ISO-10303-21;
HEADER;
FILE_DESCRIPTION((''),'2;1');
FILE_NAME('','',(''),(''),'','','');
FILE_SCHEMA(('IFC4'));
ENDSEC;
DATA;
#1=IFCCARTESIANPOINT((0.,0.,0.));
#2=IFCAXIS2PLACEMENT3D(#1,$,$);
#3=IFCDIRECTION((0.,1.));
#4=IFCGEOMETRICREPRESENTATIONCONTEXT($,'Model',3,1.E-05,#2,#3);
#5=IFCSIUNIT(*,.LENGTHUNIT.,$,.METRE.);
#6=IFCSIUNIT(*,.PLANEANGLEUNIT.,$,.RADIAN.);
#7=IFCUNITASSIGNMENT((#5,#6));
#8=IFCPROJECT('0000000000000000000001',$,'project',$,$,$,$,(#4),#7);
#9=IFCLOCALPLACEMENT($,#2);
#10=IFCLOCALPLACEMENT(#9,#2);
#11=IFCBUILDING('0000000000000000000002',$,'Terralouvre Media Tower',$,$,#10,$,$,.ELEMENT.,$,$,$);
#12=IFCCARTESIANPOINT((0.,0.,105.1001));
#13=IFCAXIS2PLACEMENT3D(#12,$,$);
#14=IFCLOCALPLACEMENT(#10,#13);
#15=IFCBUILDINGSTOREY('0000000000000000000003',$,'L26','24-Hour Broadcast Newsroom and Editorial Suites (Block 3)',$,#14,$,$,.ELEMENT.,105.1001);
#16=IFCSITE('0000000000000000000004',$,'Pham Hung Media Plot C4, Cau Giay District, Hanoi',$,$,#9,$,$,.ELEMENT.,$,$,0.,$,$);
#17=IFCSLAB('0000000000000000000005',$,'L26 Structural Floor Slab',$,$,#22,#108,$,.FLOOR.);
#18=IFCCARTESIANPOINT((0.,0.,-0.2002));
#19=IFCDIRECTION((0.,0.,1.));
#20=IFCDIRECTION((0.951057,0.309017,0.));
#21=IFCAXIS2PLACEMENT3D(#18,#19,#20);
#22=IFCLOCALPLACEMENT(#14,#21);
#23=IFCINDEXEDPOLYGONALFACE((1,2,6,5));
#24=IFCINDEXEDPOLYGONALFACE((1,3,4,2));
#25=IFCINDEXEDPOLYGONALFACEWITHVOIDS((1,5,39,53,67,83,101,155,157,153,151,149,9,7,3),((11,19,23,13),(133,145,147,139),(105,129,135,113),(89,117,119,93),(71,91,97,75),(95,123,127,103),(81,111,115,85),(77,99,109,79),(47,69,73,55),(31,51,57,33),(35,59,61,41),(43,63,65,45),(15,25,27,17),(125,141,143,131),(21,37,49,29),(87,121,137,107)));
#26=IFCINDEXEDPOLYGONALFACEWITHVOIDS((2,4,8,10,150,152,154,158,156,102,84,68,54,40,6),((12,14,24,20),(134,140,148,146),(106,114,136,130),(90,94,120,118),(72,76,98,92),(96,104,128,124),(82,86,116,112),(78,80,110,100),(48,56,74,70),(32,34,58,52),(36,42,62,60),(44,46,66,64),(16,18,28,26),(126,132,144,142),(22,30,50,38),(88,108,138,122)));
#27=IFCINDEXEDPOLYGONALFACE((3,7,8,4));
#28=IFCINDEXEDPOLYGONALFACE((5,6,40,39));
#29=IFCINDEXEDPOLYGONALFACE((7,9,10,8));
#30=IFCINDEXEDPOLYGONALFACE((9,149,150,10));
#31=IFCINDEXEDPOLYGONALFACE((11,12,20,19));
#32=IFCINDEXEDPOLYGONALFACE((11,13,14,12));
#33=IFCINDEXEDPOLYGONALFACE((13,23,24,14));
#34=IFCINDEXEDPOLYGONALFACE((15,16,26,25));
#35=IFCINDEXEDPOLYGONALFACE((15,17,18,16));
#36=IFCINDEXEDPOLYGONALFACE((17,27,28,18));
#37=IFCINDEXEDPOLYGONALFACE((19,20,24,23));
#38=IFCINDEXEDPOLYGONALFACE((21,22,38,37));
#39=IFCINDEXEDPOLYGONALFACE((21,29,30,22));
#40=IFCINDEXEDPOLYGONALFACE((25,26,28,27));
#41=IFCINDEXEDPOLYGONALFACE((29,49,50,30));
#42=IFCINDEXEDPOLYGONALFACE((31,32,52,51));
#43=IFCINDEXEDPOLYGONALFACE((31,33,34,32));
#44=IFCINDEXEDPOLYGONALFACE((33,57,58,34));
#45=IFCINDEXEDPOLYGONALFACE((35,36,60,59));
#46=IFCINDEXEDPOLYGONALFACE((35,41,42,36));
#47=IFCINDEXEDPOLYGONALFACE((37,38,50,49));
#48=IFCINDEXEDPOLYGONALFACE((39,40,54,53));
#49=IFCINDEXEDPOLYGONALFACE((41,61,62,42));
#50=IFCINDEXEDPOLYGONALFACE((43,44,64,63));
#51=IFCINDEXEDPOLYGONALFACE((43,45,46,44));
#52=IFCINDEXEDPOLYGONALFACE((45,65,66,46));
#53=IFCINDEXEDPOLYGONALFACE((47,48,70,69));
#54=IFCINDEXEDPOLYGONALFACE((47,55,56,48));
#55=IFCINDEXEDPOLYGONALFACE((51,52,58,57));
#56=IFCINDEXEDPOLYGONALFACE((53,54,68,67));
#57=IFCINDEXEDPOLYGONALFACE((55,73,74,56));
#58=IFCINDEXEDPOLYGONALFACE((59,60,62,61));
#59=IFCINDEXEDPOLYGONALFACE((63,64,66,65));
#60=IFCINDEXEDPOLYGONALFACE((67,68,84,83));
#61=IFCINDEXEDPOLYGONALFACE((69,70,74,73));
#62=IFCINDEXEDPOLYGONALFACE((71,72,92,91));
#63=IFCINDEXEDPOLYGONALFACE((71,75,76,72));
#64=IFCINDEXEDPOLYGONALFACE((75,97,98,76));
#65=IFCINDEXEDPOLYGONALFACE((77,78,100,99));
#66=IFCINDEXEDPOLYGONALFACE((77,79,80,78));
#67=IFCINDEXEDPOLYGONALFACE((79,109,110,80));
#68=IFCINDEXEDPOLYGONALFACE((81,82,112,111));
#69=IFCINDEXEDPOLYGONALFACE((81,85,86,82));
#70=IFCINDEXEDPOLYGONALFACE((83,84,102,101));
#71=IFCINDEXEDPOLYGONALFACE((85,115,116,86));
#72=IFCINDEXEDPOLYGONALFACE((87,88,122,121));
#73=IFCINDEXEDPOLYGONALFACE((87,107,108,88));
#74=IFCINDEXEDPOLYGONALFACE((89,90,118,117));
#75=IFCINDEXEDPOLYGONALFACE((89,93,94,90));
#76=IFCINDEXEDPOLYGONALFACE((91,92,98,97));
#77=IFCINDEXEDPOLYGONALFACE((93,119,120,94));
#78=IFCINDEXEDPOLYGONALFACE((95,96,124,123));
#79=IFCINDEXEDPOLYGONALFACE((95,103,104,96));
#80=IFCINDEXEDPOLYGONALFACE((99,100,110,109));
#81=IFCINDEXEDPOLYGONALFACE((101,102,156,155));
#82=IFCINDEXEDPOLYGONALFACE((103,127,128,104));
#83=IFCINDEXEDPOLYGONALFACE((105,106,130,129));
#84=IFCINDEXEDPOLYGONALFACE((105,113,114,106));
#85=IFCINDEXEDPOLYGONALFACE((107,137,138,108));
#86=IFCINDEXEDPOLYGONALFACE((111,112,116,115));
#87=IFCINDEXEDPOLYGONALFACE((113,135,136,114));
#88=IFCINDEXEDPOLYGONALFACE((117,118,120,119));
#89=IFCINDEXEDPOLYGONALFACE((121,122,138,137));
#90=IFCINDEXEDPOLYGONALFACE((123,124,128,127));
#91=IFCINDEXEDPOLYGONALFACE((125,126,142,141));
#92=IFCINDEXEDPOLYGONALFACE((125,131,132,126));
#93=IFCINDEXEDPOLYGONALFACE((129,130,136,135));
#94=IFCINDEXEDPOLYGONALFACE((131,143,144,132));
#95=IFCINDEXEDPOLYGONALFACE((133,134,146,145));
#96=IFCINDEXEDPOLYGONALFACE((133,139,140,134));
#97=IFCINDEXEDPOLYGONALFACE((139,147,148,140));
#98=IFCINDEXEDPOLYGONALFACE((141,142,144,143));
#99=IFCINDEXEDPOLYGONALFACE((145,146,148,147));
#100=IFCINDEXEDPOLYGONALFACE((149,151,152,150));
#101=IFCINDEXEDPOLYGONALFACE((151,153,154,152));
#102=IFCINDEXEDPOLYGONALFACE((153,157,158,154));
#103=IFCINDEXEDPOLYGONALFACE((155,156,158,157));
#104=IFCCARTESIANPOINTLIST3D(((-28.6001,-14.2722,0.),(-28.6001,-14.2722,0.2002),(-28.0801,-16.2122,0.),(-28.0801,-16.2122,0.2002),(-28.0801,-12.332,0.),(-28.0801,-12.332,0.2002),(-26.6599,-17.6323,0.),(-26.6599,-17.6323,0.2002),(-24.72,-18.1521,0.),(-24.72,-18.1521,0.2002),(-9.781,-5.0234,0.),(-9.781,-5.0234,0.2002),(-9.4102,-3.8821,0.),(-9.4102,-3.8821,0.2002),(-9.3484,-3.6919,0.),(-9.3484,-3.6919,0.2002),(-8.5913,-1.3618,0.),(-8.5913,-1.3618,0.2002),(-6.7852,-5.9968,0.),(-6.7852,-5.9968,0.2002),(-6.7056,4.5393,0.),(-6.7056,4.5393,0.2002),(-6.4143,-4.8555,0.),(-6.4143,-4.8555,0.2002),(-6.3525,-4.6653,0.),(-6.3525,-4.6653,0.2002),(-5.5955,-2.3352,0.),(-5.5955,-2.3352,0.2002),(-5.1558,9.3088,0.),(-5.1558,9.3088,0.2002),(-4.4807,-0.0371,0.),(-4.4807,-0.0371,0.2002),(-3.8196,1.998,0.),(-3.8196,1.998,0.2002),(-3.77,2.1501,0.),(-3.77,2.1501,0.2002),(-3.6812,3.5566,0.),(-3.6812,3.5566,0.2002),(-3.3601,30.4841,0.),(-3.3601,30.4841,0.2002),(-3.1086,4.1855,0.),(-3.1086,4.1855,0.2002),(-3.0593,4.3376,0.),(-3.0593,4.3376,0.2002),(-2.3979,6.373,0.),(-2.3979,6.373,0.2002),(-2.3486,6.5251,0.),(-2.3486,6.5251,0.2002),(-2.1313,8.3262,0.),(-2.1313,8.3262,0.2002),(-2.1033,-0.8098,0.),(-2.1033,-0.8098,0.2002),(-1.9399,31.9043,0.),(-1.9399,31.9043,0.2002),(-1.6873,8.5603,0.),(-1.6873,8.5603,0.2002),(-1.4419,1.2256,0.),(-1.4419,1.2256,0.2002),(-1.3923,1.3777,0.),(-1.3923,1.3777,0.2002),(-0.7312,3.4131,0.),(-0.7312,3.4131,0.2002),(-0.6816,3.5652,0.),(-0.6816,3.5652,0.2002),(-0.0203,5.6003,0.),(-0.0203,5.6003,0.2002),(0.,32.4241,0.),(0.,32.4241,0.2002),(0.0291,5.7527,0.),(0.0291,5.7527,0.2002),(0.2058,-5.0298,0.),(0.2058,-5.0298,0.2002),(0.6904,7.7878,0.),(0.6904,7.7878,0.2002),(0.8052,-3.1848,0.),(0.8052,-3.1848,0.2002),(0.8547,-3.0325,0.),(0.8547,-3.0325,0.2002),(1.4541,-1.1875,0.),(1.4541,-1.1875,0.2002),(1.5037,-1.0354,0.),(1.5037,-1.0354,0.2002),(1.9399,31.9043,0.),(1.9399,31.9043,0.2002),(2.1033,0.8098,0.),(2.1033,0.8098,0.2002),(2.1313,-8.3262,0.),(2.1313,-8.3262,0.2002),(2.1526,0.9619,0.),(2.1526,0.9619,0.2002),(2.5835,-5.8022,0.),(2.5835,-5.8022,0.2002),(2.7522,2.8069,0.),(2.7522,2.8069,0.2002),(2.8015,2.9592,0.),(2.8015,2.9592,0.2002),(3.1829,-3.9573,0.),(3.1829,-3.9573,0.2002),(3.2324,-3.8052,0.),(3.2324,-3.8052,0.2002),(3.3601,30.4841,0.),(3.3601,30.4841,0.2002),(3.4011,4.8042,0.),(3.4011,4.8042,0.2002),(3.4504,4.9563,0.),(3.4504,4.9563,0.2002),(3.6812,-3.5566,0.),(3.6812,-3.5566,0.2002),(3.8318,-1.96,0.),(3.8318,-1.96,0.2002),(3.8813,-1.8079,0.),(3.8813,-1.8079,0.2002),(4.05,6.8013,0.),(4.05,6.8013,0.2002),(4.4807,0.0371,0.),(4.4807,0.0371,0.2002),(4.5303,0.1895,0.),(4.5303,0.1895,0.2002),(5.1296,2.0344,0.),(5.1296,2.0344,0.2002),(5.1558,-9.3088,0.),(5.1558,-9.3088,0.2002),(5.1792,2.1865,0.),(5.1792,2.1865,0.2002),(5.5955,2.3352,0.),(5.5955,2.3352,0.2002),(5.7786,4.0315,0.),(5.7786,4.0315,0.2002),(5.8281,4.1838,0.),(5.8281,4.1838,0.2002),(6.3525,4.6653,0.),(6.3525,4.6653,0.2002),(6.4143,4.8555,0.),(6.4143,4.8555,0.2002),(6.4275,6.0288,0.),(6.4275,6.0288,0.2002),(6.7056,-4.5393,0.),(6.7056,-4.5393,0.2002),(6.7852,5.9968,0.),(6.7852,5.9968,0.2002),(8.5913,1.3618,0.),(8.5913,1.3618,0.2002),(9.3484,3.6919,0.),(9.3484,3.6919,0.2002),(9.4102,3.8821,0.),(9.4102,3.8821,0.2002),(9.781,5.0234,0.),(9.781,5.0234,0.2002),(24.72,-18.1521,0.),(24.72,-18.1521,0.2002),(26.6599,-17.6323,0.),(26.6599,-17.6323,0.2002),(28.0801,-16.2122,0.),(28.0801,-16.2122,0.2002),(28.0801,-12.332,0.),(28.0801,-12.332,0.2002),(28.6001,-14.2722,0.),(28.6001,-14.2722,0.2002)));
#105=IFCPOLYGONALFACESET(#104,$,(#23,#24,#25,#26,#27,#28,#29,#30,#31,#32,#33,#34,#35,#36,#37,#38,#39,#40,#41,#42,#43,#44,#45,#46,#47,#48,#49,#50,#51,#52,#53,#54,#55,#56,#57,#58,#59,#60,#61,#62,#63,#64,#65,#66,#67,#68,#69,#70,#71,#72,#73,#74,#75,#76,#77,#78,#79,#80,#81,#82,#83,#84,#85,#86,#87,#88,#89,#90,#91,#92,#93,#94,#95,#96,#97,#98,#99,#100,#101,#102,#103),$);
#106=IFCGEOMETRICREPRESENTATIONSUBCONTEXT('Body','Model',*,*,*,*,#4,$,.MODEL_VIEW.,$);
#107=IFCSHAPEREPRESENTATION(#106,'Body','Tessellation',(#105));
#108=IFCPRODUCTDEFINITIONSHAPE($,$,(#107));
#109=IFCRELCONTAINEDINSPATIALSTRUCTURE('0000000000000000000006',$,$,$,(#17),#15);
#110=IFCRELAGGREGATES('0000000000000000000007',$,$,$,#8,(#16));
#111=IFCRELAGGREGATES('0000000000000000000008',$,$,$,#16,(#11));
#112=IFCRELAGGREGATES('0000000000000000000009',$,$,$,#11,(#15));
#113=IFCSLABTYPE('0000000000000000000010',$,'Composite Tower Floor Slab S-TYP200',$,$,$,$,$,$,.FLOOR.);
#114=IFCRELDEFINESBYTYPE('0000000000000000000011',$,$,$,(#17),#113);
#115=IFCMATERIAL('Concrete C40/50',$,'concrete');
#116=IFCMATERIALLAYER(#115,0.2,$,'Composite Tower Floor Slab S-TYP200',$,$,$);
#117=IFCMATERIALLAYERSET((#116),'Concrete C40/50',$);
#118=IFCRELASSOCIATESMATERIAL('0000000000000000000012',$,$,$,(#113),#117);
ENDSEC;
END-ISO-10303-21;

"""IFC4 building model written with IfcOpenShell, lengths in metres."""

from ifc_helpers import new_model, si_unit, direction, frame, origin, place, context, subcontext, project, spatial, polyline, outline, extrude, material, layer, layer_set, type_object, element, save


model = new_model("IFC4")

# Units and contexts
model_context = context("Model", 3, precision=1e-05, world=origin(), true_north=direction((0.0, 1.0)))
body_context = subcontext(model_context, "Body", "Model", "MODEL_VIEW")
ifc_project = project(units=[si_unit("LENGTHUNIT", "METRE"), si_unit("PLANEANGLEUNIT", "RADIAN")], contexts=[model_context])

# Site, building, storey
site_placement = place(None, origin())
site = spatial("IfcSite", under=ifc_project, at=site_placement, Name="Pham Hung Media Plot C4, Cau Giay District, Hanoi", CompositionType="ELEMENT", RefElevation=0.0)
building_placement = place(site_placement, origin())
building = spatial("IfcBuilding", under=site, at=building_placement, Name="Terralouvre Media Tower", CompositionType="ELEMENT")
storey_placement = place(building_placement, frame((0.0, 0.0, 105.1001)))
storey = spatial("IfcBuildingStorey", under=building, at=storey_placement, Name="L26", Description="24-Hour Broadcast Newsroom and Editorial Suites (Block 3)", CompositionType="ELEMENT", Elevation=105.1001)

# Slab
ifc_material_1 = material(Name="Concrete C40/50", Category="concrete")
ifc_layer_1 = layer(ifc_material_1, 0.2, Name="Composite Tower Floor Slab S-TYP200")
ifc_layer_set_1 = layer_set([ifc_layer_1], Name="Concrete C40/50")
slab_type = type_object("IfcSlabType", Name="Composite Tower Floor Slab S-TYP200", PredefinedType="FLOOR", material=ifc_layer_set_1)
slab_placement = place(storey_placement, frame((0.0, 0.0, -0.2002), z_axis=(0.0, 0.0, 1.0), x_axis=(0.951057, 0.309017, 0.0)))
element("IfcSlab", 1, at=slab_placement, inside=storey, type_object=slab_type, Name="L26 Structural Floor Slab", PredefinedType="FLOOR", context=body_context, shape_type="SweptSolid", body=[
    extrude(outline(polyline([(-28.0801, -12.332), (-28.6001, -14.2722), (-28.0801, -16.2122), (-26.6599, -17.6323), (-24.72, -18.1521), (24.72, -18.1521), (26.6599, -17.6323), (28.0801, -16.2122), (28.6001, -14.2722), (28.0801, -12.332), (3.3601, 30.4841), (1.9399, 31.9043), (0.0, 32.4241), (-1.9399, 31.9043), (-3.3601, 30.4841), (-28.0801, -12.332)]), holes=[polyline([(-6.7852, -5.9968), (-9.781, -5.0234), (-9.4102, -3.8821), (-6.4143, -4.8555), (-6.7852, -5.9968)]), polyline([(-6.3525, -4.6653), (-9.3484, -3.6919), (-8.5913, -1.3618), (-5.5955, -2.3352), (-6.3525, -4.6653)]), polyline([(-2.1033, -0.8098), (-4.4807, -0.0371), (-3.8196, 1.998), (-1.4419, 1.2256), (-2.1033, -0.8098)]), polyline([(-1.3923, 1.3777), (-3.77, 2.1501), (-3.1086, 4.1855), (-0.7312, 3.4131), (-1.3923, 1.3777)]), polyline([(4.5303, 0.1895), (2.1526, 0.9619), (2.7522, 2.8069), (5.1296, 2.0344), (4.5303, 0.1895)]), polyline([(-0.6816, 3.5652), (-3.0593, 4.3376), (-2.3979, 6.373), (-0.0203, 5.6003), (-0.6816, 3.5652)]), polyline([(-3.6812, 3.5566), (-6.7056, 4.5393), (-5.1558, 9.3088), (-2.1313, 8.3262), (-3.6812, 3.5566)]), polyline([(0.0291, 5.7527), (-2.3486, 6.5251), (-1.6873, 8.5603), (0.6904, 7.7878), (0.0291, 5.7527)]), polyline([(3.6812, -3.5566), (6.7056, -4.5393), (5.1558, -9.3088), (2.1313, -8.3262), (3.6812, -3.5566)]), polyline([(2.5835, -5.8022), (0.2058, -5.0298), (0.8052, -3.1848), (3.1829, -3.9573), (2.5835, -5.8022)]), polyline([(3.2324, -3.8052), (0.8547, -3.0325), (1.4541, -1.1875), (3.8318, -1.96), (3.2324, -3.8052)]), polyline([(3.8813, -1.8079), (1.5037, -1.0354), (2.1033, 0.8098), (4.4807, 0.0371), (3.8813, -1.8079)]), polyline([(5.1792, 2.1865), (2.8015, 2.9592), (3.4011, 4.8042), (5.7786, 4.0315), (5.1792, 2.1865)]), polyline([(8.5913, 1.3618), (5.5955, 2.3352), (6.3525, 4.6653), (9.3484, 3.6919), (8.5913, 1.3618)]), polyline([(5.8281, 4.1838), (3.4504, 4.9563), (4.05, 6.8013), (6.4275, 6.0288), (5.8281, 4.1838)]), polyline([(9.4102, 3.8821), (6.4143, 4.8555), (6.7852, 5.9968), (9.781, 5.0234), (9.4102, 3.8821)])]), origin(), (0.0, 0.0, 1.0), 0.2002),
])

save(model, "model.ifc")
